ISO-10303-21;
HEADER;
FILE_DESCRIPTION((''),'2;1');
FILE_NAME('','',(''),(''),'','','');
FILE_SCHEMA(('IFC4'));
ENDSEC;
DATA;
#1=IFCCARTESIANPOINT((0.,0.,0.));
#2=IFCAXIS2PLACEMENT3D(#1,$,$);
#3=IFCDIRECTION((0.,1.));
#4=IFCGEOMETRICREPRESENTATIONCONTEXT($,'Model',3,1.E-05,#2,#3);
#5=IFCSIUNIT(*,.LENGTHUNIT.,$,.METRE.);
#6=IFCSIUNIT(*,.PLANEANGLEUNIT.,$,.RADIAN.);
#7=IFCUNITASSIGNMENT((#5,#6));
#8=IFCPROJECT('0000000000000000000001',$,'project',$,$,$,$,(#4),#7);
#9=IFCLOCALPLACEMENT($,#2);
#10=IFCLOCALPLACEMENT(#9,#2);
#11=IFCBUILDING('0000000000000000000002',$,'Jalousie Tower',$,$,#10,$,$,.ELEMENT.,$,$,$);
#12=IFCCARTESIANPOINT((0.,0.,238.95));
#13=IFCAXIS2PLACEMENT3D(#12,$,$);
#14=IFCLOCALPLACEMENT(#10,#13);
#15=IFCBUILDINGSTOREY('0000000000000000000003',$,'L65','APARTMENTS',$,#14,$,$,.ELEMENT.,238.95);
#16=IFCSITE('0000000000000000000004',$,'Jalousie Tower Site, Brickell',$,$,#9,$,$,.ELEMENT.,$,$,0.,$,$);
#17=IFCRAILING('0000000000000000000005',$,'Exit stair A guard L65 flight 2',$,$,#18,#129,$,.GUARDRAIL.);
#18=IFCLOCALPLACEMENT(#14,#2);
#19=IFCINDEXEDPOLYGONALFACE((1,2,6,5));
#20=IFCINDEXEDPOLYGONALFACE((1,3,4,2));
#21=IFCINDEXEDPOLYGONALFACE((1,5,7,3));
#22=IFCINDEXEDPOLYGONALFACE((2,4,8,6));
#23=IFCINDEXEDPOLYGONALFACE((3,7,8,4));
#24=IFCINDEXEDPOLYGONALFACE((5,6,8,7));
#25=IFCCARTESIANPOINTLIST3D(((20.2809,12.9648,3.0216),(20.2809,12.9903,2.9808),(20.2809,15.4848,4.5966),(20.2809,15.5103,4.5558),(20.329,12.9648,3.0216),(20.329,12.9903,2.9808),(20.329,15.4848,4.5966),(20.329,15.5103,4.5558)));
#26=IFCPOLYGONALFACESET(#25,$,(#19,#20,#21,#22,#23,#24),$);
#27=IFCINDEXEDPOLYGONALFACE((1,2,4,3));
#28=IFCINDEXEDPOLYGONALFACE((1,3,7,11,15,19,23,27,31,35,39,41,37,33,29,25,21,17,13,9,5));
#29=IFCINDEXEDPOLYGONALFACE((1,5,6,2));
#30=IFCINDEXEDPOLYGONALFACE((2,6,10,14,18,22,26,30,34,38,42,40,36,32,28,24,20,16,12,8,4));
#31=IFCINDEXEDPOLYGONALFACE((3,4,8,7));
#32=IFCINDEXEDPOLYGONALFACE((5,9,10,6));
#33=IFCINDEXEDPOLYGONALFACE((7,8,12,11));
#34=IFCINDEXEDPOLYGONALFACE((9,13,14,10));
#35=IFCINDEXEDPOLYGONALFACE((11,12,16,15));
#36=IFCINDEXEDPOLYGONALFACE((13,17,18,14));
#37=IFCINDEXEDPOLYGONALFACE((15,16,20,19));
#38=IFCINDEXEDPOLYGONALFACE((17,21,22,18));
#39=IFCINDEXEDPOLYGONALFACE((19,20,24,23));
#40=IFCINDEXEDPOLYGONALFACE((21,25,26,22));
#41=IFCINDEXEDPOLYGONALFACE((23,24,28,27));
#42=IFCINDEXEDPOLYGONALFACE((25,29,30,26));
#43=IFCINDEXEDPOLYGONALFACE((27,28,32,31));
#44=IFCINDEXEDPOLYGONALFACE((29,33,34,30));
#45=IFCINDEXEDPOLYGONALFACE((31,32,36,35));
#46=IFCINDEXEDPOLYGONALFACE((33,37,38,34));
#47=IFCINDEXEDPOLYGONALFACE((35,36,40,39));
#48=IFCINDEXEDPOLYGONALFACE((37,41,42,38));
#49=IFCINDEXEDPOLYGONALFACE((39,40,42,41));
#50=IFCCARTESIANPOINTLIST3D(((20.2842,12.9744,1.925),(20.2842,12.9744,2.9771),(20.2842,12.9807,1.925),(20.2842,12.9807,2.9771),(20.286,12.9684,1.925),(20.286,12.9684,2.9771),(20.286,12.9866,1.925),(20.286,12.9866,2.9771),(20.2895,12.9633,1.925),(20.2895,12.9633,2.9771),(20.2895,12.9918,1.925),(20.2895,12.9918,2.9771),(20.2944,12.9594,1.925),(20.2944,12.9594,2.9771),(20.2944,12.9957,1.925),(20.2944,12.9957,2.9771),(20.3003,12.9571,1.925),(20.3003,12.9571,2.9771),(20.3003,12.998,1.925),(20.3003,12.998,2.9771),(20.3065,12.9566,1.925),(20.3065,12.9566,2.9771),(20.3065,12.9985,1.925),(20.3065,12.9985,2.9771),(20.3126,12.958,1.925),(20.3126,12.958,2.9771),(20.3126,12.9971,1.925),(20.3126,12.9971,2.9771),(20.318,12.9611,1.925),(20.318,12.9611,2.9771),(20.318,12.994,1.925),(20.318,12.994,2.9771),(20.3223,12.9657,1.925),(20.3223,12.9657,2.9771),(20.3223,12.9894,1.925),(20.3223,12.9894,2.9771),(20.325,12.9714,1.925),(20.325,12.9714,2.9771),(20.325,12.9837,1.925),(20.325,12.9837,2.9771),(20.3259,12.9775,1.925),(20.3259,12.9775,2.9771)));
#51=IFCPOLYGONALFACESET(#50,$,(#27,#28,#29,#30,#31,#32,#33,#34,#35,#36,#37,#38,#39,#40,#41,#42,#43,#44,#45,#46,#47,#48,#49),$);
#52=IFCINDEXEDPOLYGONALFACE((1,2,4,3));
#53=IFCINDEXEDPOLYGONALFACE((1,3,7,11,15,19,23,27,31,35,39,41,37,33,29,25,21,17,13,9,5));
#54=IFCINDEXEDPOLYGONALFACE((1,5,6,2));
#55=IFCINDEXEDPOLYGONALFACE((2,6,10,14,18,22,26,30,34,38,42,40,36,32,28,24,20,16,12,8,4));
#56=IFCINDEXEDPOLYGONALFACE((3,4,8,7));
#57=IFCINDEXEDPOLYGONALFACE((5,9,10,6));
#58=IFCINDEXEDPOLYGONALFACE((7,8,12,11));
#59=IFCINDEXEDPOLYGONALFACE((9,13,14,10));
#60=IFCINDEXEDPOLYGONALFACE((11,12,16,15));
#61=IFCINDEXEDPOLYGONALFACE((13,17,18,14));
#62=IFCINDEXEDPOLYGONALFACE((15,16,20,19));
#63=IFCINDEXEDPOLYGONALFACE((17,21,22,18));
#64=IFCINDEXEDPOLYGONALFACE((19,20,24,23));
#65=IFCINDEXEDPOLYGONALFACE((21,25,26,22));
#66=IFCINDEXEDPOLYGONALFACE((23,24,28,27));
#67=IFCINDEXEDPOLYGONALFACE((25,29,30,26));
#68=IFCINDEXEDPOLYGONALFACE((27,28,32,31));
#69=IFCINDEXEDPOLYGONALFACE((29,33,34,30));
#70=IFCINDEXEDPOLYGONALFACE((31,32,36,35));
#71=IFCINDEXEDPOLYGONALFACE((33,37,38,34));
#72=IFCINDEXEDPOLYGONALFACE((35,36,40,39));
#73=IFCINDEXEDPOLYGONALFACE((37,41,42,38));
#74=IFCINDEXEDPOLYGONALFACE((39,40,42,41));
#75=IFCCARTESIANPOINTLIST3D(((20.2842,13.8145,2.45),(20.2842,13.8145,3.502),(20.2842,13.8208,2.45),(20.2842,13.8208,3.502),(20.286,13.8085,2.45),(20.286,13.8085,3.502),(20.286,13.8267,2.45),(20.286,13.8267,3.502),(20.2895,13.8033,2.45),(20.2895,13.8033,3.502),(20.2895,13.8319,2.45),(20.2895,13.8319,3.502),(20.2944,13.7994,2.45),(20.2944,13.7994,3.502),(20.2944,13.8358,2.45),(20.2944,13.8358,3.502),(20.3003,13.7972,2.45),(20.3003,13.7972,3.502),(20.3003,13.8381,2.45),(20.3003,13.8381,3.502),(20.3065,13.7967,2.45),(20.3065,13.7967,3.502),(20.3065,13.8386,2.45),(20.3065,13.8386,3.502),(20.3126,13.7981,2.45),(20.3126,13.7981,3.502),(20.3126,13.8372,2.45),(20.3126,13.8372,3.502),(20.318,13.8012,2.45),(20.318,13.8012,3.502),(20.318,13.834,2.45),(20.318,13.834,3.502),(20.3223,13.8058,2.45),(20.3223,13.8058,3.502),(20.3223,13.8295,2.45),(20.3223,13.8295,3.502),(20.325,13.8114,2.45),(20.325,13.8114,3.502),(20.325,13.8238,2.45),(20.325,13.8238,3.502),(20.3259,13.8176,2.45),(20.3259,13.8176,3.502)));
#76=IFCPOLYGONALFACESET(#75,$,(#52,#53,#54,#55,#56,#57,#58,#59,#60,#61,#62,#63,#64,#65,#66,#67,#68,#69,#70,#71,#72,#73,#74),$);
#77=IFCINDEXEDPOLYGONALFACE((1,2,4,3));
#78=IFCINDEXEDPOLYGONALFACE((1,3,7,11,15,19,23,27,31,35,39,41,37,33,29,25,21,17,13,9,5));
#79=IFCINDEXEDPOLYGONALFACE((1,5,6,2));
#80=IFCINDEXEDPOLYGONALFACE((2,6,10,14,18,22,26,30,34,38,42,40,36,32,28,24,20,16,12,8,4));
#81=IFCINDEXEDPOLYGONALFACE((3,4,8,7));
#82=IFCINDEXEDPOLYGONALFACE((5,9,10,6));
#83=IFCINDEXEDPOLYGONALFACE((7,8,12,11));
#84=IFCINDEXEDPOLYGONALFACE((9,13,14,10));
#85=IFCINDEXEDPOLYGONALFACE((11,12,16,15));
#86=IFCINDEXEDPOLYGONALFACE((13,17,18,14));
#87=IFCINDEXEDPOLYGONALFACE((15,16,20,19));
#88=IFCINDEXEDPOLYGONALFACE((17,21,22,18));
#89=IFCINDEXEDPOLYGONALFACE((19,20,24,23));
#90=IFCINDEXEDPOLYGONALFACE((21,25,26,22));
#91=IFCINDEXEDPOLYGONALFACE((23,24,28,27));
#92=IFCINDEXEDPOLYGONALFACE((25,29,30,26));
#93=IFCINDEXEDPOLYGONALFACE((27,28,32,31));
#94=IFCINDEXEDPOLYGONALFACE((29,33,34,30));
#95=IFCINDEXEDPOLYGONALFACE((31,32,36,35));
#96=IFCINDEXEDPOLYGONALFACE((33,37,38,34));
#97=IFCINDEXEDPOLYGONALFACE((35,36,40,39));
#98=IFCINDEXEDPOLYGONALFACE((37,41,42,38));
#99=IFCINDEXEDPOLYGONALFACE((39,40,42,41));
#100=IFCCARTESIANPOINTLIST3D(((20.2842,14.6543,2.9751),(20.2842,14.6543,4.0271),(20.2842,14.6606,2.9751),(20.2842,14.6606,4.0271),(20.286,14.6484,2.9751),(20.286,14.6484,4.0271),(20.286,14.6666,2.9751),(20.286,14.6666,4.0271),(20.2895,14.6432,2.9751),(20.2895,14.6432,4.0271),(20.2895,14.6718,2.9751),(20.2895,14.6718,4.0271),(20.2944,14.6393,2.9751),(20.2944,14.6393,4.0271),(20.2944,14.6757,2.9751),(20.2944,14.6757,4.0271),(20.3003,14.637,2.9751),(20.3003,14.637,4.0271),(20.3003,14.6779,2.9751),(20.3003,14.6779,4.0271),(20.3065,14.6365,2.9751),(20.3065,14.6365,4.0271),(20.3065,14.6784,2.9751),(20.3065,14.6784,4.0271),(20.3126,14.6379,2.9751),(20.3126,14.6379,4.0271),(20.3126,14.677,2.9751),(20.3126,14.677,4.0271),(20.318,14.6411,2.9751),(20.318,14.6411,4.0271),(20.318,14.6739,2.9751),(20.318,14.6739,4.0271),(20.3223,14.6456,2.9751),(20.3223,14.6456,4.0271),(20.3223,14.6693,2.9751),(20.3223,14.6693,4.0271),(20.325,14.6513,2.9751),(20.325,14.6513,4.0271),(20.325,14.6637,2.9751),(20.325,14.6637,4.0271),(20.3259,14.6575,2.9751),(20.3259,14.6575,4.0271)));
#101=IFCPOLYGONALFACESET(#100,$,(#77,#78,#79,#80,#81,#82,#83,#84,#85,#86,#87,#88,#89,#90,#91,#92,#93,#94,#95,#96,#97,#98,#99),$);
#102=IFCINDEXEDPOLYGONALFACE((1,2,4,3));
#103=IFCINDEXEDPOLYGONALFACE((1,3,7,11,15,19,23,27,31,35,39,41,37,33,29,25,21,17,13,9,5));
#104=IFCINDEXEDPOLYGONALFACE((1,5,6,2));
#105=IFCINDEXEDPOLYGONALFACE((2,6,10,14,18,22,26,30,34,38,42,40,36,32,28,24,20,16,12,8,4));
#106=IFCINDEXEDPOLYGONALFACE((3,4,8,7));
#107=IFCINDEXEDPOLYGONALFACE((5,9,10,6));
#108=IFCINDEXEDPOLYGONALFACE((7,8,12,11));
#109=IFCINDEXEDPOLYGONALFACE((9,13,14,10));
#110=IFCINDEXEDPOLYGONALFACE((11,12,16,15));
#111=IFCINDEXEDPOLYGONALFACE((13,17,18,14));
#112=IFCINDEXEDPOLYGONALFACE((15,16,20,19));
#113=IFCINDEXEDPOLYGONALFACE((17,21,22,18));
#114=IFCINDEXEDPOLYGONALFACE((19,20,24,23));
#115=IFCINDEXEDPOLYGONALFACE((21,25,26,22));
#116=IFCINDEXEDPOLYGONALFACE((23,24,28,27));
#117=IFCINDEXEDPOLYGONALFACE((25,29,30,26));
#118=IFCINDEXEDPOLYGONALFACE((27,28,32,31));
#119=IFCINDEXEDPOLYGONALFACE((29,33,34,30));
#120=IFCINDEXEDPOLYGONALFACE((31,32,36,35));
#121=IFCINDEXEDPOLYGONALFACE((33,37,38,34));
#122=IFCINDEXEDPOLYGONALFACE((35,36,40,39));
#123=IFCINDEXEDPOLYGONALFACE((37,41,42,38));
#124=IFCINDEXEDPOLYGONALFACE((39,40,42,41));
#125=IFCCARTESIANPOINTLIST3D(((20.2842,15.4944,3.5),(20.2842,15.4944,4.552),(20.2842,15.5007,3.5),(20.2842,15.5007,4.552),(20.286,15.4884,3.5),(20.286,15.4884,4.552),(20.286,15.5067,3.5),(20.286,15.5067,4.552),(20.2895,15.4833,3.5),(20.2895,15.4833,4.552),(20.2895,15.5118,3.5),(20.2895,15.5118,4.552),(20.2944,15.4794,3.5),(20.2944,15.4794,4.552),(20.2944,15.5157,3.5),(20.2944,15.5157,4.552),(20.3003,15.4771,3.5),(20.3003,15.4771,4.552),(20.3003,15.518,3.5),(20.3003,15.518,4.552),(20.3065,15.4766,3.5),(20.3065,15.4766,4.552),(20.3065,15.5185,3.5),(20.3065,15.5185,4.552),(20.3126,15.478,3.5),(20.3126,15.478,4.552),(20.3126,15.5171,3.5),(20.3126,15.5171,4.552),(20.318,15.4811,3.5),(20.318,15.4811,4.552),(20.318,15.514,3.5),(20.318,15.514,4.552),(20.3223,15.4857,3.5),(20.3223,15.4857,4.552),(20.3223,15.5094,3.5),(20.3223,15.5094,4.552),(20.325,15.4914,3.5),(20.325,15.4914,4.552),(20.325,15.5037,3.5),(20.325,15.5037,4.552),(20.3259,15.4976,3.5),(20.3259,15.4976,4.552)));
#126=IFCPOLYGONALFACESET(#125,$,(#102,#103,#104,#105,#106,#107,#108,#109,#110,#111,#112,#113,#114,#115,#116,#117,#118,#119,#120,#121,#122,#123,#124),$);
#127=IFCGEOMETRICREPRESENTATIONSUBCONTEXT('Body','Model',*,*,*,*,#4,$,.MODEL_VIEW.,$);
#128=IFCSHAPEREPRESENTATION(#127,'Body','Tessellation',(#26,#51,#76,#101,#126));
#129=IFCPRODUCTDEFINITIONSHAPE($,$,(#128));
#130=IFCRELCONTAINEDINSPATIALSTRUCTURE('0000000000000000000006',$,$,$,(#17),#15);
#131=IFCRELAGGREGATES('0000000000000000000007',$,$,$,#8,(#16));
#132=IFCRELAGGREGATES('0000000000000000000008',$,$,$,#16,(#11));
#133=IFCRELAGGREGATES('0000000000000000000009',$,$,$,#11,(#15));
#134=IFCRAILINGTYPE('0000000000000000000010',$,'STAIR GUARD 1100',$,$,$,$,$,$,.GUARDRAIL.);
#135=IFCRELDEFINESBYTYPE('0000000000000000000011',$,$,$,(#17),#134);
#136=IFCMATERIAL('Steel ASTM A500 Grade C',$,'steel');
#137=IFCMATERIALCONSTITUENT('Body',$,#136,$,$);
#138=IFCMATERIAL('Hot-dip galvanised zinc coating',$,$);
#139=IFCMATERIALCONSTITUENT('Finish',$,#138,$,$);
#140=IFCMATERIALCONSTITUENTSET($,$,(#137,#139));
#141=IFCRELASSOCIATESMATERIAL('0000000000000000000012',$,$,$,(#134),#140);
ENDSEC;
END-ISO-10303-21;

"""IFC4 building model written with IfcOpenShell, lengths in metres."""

from ifc_helpers import new_model, si_unit, direction, frame, origin, origin_2d, place, context, subcontext, project, spatial, rectangle, circle, extrude, material, constituent, constituent_set, type_object, element, save


model = new_model("IFC4")

# Units and contexts
model_context = context("Model", 3, precision=1e-05, world=origin(), true_north=direction((0.0, 1.0)))
body_context = subcontext(model_context, "Body", "Model", "MODEL_VIEW")
ifc_project = project(units=[si_unit("LENGTHUNIT", "METRE"), si_unit("PLANEANGLEUNIT", "RADIAN")], contexts=[model_context])

# Site, building, storey
site_placement = place(None, origin())
site = spatial("IfcSite", under=ifc_project, at=site_placement, Name="Jalousie Tower Site, Brickell", CompositionType="ELEMENT", RefElevation=0.0)
building_placement = place(site_placement, origin())
building = spatial("IfcBuilding", under=site, at=building_placement, Name="Jalousie Tower", CompositionType="ELEMENT")
storey_placement = place(building_placement, frame((0.0, 0.0, 238.95)))
storey = spatial("IfcBuildingStorey", under=building, at=storey_placement, Name="L65", Description="APARTMENTS", CompositionType="ELEMENT", Elevation=238.95)

# Railing
ifc_material_1 = material(Name="Steel ASTM A500 Grade C", Category="steel")
ifc_constituent_1 = constituent(ifc_material_1, Name="Body")
ifc_material_2 = material(Name="Hot-dip galvanised zinc coating")
ifc_constituent_2 = constituent(ifc_material_2, Name="Finish")
ifc_constituent_set_1 = constituent_set(constituents=[ifc_constituent_1, ifc_constituent_2])
railing_type_1 = type_object("IfcRailingType", Name="STAIR GUARD 1100", PredefinedType="GUARDRAIL", material=ifc_constituent_set_1)
railing_1_placement = place(storey_placement, frame((20.3049, 12.9775, 1.925)))
element("IfcRailing", 1, at=railing_1_placement, inside=storey, type_object=railing_type_1, Name="Exit stair A guard L65 flight 2", PredefinedType="GUARDRAIL", context=body_context, shape_type="SweptSolid", body=[
    extrude(rectangle(XDim=0.0481, YDim=0.0481, at=origin_2d()), frame((0.0, 0.0, 1.0762), z_axis=(0.0, 0.848008, 0.529984), x_axis=(-1.0, 0.0, 0.0)), (0.0, 0.0, 1.0), 2.9717),
    extrude(circle(Radius=0.021, at=origin_2d()), origin(), (0.0, 0.0, 1.0), 1.052),
    extrude(circle(Radius=0.021, at=origin_2d()), frame((0.0, 0.8401, 0.5249)), (0.0, 0.0, 1.0), 1.052),
    extrude(circle(Radius=0.021, at=origin_2d()), frame((0.0, 1.6799, 1.05)), (0.0, 0.0, 1.0), 1.052),
    extrude(circle(Radius=0.021, at=origin_2d()), frame((0.0, 2.52, 1.575)), (0.0, 0.0, 1.0), 1.052),
])

save(model, "model.ifc")
